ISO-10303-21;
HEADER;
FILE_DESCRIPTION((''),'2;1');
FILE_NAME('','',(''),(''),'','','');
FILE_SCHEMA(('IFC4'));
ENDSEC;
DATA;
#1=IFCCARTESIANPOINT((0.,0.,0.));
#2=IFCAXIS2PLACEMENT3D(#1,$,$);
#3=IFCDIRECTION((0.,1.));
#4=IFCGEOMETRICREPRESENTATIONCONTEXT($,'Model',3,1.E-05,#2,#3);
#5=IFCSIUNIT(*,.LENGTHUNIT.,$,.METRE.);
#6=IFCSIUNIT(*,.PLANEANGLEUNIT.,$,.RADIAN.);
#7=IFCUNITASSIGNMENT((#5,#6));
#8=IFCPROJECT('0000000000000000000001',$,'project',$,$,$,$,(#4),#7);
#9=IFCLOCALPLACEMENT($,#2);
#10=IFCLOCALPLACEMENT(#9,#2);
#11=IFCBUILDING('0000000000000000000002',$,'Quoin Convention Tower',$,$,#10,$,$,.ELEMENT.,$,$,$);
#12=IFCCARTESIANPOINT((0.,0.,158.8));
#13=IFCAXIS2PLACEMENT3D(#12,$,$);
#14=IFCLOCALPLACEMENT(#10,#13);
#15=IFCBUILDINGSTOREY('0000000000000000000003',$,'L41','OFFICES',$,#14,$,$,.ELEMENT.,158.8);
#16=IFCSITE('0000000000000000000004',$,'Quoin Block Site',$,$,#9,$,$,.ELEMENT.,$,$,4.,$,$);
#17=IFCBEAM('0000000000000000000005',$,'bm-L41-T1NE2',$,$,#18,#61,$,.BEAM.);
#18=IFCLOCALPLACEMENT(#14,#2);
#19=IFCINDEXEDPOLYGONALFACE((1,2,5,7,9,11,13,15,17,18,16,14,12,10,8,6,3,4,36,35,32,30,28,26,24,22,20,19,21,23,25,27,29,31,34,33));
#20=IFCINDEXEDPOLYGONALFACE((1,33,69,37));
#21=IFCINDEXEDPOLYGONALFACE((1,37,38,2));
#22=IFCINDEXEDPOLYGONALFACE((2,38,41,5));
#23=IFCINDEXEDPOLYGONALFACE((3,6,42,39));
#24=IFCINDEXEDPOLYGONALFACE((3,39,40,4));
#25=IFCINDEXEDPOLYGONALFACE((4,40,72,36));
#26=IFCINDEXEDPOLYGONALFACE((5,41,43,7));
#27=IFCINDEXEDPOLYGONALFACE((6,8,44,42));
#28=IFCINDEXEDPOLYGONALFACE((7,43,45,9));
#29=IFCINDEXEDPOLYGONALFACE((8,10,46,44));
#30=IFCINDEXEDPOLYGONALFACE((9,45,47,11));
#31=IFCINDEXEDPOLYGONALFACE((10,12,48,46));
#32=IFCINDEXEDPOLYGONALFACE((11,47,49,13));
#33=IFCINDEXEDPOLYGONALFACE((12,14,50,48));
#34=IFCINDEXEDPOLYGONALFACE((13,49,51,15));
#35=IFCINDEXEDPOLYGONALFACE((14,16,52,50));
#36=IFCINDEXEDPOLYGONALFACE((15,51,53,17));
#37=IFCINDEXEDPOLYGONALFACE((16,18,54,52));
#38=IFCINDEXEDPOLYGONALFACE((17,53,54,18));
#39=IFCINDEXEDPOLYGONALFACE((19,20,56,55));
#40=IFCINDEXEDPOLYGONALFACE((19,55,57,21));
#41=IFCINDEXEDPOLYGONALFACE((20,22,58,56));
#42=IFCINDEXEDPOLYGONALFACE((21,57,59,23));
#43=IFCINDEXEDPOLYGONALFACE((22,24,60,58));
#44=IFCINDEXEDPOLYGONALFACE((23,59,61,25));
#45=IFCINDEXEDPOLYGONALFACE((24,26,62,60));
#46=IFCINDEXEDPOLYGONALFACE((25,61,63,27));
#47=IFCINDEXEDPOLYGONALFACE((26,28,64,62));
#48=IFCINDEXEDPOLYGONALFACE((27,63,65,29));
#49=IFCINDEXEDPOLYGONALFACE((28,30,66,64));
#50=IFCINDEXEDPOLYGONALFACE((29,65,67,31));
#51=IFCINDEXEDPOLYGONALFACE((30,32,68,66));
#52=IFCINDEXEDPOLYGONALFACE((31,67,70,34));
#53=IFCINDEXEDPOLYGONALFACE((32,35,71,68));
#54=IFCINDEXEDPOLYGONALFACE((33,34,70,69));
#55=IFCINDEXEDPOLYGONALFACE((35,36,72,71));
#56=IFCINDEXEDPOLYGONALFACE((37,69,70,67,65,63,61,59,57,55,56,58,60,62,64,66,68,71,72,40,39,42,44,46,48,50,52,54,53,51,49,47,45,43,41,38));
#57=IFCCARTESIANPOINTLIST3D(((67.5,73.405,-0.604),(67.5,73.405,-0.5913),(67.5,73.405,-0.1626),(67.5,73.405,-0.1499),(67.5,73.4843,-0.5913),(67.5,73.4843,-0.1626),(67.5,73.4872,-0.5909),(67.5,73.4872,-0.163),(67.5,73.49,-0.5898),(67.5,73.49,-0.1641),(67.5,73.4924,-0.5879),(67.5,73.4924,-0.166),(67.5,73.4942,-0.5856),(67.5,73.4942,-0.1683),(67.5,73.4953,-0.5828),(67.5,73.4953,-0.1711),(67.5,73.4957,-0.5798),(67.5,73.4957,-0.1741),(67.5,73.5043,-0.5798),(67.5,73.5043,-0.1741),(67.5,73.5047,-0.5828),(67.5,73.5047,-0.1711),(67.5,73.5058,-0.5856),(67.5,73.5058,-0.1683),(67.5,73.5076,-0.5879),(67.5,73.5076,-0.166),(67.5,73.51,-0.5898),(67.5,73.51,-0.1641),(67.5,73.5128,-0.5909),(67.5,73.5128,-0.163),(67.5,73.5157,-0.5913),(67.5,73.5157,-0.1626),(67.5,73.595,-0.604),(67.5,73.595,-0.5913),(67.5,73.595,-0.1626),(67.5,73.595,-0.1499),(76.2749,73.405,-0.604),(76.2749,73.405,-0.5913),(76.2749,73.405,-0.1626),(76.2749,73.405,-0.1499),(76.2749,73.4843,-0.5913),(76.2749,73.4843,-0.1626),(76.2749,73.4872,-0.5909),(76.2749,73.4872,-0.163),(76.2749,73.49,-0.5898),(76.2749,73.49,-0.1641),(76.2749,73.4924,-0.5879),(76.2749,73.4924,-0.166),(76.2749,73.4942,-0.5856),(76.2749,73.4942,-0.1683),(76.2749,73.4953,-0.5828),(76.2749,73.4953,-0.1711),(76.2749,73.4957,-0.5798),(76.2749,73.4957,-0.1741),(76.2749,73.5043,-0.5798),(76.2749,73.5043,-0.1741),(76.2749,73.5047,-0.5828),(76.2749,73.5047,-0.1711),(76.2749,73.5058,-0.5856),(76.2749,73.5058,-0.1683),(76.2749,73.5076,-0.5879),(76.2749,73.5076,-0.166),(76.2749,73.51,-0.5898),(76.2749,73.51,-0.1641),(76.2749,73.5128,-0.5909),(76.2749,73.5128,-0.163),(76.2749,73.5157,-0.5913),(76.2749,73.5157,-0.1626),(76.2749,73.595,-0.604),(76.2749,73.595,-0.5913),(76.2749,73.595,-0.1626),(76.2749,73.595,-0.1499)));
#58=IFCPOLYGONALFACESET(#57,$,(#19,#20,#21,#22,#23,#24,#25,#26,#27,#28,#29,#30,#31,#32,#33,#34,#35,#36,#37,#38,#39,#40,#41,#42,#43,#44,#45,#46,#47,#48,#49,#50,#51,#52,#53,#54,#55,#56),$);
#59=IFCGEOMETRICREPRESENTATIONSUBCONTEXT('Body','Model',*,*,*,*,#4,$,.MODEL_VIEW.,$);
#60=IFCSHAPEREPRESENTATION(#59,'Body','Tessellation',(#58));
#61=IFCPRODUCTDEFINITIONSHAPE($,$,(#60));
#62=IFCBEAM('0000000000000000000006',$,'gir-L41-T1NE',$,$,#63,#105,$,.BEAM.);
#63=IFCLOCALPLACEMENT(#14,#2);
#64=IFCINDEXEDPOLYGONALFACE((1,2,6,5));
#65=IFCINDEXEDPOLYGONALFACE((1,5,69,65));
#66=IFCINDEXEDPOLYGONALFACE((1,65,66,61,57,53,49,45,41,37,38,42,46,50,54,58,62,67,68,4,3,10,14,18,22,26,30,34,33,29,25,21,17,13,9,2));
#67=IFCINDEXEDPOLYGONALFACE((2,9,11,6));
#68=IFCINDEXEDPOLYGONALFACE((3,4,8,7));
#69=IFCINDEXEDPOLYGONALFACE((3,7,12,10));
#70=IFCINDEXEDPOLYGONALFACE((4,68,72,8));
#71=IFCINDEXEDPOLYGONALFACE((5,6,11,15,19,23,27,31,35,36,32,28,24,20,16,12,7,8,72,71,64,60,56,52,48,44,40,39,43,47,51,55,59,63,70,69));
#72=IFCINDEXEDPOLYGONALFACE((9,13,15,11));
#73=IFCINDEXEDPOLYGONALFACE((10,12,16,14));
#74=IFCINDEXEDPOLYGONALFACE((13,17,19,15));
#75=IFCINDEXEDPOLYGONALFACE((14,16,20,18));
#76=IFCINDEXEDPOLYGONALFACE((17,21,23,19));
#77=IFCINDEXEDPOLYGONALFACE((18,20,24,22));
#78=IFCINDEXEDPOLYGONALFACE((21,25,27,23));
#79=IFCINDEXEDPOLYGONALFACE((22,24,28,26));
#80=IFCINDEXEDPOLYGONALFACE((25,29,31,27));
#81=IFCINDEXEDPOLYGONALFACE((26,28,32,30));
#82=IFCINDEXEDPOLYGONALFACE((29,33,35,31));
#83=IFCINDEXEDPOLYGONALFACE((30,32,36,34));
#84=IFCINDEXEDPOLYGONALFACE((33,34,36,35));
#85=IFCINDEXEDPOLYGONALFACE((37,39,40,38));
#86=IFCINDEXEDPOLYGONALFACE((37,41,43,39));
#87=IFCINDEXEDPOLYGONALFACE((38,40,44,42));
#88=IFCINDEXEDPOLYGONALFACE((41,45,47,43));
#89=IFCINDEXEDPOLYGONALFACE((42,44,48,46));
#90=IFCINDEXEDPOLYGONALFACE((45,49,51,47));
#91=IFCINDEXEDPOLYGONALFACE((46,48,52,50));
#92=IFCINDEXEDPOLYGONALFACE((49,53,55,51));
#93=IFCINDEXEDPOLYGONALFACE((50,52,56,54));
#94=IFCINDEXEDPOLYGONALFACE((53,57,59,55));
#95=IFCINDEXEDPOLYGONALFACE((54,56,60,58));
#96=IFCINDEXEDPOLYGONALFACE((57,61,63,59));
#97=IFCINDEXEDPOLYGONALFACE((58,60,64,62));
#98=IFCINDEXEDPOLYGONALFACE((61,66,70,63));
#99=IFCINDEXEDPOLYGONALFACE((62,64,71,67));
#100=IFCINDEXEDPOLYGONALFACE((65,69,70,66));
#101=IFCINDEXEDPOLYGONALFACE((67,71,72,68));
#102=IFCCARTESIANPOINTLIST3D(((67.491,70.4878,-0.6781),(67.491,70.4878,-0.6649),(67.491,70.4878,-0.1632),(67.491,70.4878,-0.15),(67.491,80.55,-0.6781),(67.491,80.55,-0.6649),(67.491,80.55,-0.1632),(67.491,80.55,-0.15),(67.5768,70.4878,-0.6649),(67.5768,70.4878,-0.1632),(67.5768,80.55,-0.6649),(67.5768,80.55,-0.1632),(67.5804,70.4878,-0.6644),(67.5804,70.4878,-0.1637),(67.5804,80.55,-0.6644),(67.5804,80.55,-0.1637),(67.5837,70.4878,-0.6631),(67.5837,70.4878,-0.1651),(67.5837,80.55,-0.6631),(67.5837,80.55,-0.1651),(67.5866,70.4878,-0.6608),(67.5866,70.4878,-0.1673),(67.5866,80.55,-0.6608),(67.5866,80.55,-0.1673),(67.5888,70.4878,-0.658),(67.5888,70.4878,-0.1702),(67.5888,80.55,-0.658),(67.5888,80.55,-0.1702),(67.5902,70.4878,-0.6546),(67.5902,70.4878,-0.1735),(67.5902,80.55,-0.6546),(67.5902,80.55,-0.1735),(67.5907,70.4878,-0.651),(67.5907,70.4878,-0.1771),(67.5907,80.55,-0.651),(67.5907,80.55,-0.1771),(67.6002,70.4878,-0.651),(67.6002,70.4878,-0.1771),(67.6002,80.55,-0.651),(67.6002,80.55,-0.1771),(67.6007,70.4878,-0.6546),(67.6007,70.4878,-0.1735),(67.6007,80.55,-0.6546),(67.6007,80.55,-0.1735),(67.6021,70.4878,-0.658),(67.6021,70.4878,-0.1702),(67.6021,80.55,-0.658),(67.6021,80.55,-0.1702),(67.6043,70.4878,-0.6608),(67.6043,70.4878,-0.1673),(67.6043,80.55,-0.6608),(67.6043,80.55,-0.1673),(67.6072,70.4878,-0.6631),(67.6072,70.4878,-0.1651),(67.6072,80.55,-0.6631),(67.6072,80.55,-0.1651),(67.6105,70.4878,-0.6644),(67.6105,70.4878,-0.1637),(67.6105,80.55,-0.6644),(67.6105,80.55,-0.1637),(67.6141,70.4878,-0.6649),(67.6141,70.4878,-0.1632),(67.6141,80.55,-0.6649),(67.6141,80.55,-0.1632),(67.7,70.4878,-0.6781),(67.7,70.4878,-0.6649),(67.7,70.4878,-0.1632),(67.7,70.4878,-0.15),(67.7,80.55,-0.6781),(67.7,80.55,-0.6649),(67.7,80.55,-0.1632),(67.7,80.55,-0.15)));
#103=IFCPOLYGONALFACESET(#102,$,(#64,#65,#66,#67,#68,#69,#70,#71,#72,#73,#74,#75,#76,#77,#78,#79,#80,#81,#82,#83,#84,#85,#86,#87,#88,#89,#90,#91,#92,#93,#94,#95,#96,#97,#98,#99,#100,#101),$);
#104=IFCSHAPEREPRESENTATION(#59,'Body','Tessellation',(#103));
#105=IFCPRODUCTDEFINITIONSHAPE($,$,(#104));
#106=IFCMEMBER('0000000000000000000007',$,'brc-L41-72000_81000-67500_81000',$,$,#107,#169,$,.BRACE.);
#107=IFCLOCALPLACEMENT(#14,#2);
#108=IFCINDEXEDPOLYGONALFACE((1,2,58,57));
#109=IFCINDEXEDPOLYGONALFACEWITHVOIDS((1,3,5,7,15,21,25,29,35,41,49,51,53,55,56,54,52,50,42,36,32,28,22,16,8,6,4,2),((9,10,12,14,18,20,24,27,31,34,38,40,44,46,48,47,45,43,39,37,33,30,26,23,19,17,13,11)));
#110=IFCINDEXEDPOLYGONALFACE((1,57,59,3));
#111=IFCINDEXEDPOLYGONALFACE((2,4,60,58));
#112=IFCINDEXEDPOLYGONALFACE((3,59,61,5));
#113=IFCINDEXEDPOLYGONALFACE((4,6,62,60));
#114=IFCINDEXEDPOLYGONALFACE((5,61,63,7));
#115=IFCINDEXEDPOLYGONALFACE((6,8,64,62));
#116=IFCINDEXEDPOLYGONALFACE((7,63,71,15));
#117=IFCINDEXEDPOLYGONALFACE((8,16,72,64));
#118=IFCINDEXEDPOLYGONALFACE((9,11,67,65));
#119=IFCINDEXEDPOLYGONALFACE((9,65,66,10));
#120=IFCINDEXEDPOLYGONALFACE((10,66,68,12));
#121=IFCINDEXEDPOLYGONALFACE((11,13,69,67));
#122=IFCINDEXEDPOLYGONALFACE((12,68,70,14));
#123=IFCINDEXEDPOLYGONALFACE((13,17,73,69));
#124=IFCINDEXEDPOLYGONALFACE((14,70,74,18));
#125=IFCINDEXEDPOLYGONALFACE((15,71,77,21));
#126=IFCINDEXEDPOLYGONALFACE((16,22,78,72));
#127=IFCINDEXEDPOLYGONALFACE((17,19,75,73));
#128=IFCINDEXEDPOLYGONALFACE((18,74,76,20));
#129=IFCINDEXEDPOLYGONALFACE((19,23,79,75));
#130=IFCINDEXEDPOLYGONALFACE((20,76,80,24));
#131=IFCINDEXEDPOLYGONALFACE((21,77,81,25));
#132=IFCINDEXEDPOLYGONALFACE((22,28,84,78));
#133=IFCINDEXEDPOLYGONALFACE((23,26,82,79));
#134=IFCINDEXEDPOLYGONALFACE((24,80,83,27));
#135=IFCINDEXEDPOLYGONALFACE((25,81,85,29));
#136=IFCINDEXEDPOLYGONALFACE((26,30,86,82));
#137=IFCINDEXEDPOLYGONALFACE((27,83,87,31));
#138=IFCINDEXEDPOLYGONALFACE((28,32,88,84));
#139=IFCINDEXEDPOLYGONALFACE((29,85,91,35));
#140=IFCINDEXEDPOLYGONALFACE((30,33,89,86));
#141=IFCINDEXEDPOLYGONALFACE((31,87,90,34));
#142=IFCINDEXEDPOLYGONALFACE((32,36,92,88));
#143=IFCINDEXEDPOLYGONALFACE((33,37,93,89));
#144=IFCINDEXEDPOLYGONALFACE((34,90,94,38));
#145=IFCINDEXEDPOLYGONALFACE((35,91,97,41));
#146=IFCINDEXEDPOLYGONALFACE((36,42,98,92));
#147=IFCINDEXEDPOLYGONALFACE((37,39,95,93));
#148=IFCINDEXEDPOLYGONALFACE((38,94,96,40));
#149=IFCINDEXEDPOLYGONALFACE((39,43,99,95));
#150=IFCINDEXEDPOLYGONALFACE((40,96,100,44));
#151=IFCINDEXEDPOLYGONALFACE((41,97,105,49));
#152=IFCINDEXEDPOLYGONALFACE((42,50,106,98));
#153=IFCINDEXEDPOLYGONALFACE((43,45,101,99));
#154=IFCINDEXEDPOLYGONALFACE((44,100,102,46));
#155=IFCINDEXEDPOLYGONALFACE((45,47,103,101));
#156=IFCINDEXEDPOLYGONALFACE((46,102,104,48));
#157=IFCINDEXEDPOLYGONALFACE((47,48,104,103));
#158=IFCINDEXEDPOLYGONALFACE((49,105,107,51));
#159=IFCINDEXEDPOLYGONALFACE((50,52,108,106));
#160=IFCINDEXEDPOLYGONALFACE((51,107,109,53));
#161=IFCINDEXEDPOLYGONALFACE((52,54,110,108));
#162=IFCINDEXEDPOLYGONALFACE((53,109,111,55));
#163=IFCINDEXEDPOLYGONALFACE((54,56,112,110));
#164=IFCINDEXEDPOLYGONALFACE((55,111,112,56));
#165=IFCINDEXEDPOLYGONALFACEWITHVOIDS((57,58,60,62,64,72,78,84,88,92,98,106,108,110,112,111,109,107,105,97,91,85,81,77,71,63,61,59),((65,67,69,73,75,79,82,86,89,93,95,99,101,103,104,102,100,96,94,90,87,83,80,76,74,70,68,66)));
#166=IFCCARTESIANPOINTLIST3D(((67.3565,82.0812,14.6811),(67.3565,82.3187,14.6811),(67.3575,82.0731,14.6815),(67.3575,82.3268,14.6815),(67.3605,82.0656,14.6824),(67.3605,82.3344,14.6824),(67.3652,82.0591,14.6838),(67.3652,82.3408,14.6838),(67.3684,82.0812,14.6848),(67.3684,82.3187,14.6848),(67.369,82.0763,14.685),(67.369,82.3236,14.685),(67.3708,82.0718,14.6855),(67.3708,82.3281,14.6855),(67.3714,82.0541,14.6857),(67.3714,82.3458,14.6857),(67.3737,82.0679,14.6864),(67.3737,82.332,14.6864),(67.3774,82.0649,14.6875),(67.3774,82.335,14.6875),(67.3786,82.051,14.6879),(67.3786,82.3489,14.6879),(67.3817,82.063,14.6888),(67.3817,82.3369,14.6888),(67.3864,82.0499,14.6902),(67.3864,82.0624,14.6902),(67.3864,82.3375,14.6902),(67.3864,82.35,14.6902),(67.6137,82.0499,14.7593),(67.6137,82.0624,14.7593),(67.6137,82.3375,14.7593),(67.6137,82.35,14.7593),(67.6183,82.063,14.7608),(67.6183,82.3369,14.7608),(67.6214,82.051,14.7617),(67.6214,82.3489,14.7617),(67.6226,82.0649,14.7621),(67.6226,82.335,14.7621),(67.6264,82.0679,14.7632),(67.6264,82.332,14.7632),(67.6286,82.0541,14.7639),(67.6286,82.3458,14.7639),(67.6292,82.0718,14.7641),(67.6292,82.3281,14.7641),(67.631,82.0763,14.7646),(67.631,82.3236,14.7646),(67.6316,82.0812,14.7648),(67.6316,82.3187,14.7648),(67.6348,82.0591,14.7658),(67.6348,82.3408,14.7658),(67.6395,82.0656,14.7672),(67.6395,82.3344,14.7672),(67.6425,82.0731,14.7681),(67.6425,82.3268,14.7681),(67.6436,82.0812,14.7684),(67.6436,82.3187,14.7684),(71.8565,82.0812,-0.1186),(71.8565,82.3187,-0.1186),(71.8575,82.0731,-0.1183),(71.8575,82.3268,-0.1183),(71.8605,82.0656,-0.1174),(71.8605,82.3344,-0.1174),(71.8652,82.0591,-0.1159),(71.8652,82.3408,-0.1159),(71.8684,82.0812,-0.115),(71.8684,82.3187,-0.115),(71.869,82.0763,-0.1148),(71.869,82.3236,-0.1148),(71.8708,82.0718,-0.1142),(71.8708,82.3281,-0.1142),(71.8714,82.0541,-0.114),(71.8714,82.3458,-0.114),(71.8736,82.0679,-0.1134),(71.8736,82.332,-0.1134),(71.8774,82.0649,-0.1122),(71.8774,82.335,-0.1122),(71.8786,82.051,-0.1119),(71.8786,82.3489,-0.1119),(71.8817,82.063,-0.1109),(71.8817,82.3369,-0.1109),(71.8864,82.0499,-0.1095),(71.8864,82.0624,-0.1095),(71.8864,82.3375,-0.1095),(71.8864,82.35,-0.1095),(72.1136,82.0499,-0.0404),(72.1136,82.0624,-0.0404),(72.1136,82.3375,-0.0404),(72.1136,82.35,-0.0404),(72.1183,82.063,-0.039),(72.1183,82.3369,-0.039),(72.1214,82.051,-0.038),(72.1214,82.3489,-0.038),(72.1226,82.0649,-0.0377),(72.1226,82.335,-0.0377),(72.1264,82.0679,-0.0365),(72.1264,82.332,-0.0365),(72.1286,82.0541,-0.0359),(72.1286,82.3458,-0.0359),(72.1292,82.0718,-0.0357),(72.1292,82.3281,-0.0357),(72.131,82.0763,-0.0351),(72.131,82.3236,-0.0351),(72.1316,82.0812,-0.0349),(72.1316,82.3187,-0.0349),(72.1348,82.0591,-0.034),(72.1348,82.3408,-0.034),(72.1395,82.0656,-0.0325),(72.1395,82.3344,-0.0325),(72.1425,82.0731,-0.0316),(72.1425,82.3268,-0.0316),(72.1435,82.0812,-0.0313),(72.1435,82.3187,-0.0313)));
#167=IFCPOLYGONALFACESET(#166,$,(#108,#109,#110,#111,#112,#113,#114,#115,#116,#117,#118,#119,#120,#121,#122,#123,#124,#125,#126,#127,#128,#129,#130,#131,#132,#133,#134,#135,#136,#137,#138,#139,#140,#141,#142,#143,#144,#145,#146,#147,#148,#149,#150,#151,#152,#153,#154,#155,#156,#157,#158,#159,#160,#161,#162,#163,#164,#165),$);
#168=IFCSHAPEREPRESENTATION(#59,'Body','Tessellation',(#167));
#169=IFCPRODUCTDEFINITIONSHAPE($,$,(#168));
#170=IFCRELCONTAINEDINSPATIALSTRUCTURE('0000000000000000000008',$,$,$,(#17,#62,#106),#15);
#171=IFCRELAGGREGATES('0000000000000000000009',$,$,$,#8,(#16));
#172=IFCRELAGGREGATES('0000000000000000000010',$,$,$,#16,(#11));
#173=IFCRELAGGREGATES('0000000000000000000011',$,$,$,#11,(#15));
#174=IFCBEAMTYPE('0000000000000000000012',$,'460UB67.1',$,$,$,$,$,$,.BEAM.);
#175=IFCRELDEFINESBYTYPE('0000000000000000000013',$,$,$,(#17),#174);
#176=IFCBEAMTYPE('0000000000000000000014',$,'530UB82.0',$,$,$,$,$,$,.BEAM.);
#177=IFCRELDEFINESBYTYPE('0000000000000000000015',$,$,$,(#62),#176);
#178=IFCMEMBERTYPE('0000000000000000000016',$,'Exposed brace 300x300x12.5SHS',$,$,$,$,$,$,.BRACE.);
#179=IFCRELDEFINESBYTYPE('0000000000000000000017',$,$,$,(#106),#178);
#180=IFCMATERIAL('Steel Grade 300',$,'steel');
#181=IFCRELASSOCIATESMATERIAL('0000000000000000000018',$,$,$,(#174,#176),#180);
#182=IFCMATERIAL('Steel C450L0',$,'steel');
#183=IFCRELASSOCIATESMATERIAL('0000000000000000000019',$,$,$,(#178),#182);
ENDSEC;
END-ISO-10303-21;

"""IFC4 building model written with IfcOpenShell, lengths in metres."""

from ifc_helpers import new_model, si_unit, direction, frame, origin, origin_2d, place, context, subcontext, project, spatial, hollow_rectangle, i_section, extrude, material, material_profile, profile_set, type_object, element, save


model = new_model("IFC4")

# Units and contexts
model_context = context("Model", 3, precision=1e-05, world=origin(), true_north=direction((0.0, 1.0)))
body_context = subcontext(model_context, "Body", "Model", "MODEL_VIEW")
ifc_project = project(units=[si_unit("LENGTHUNIT", "METRE"), si_unit("PLANEANGLEUNIT", "RADIAN")], contexts=[model_context])

# Site, building, storey
site_placement = place(None, origin())
site = spatial("IfcSite", under=ifc_project, at=site_placement, Name="Quoin Block Site", CompositionType="ELEMENT", RefElevation=4.0)
building_placement = place(site_placement, origin())
building = spatial("IfcBuilding", under=site, at=building_placement, Name="Quoin Convention Tower", CompositionType="ELEMENT")
storey_placement = place(building_placement, frame((0.0, 0.0, 158.8)))
storey = spatial("IfcBuildingStorey", under=building, at=storey_placement, Name="L41", Description="OFFICES", CompositionType="ELEMENT", Elevation=158.8)

# Beams
ifc_material_1 = material(Name="Steel Grade 300", Category="steel")
ifc_material_profile_1 = material_profile(ifc_material_1, i_section(OverallWidth=0.1899, OverallDepth=0.4541, WebThickness=0.0085, FlangeThickness=0.0127, FilletRadius=0.0115, at=origin_2d()), Name="460UB67.1")
ifc_profile_set_1 = profile_set([ifc_material_profile_1], Name="Steel Grade 300")
beam_type_1 = type_object("IfcBeamType", Name="460UB67.1", PredefinedType="BEAM", material=ifc_profile_set_1)
beam_1_placement = place(storey_placement, frame((67.5, 73.5, -0.377), z_axis=(1.0, 0.0, 0.0), x_axis=(0.0, 1.0, 0.0)))
element("IfcBeam", 1, at=beam_1_placement, inside=storey, type_object=beam_type_1, Name="bm-L41-T1NE2", PredefinedType="BEAM", context=body_context, shape_type="SweptSolid", body=[
    extrude(i_section(OverallWidth=0.1899, OverallDepth=0.4541, WebThickness=0.0085, FlangeThickness=0.0127, FilletRadius=0.0115, at=origin_2d()), origin(), (0.0, 0.0, 1.0), 8.7749),
])
ifc_material_profile_2 = material_profile(ifc_material_1, i_section(OverallWidth=0.209, OverallDepth=0.5281, WebThickness=0.0095, FlangeThickness=0.0132, FilletRadius=0.0139, at=origin_2d()), Name="530UB82.0")
ifc_profile_set_2 = profile_set([ifc_material_profile_2], Name="Steel Grade 300")
beam_type_2 = type_object("IfcBeamType", Name="530UB82.0", PredefinedType="BEAM", material=ifc_profile_set_2)
beam_2_placement = place(storey_placement, frame((67.5955, 80.55, -0.4141), z_axis=(0.0, -1.0, 0.0), x_axis=(1.0, 0.0, 0.0)))
element("IfcBeam", 2, at=beam_2_placement, inside=storey, type_object=beam_type_2, Name="gir-L41-T1NE", PredefinedType="BEAM", context=body_context, shape_type="SweptSolid", body=[
    extrude(i_section(OverallWidth=0.209, OverallDepth=0.5281, WebThickness=0.0095, FlangeThickness=0.0132, FilletRadius=0.0139, at=origin_2d()), origin(), (0.0, 0.0, 1.0), 10.0623),
])

# Member
ifc_material_2 = material(Name="Steel C450L0", Category="steel")
ifc_material_profile_3 = material_profile(ifc_material_2, hollow_rectangle(XDim=0.3, YDim=0.3, WallThickness=0.0125, InnerFilletRadius=0.0188, OuterFilletRadius=0.0312, at=origin_2d()), Name="300x300x12.5SHS")
ifc_profile_set_3 = profile_set([ifc_material_profile_3], Name="Steel C450L0")
member_type = type_object("IfcMemberType", Name="Exposed brace 300x300x12.5SHS", PredefinedType="BRACE", material=ifc_profile_set_3)
for number, where, z_axis, x_axis, name in (
    (3, (72.0, 82.2, -0.075), (-0.290908, 0.0, 0.956751), (0.0, -1.0, 0.0), "brc-L41-72000_81000-67500_81000"),
):
    element("IfcMember", number, at=place(storey_placement, frame(where, z_axis=z_axis, x_axis=x_axis)), inside=storey, type_object=member_type, Name=name, PredefinedType="BRACE", context=body_context, shape_type="SweptSolid", body=[
        extrude(hollow_rectangle(XDim=0.3, YDim=0.3, WallThickness=0.0125, InnerFilletRadius=0.0188, OuterFilletRadius=0.0312, at=origin_2d()), origin(), (0.0, 0.0, 1.0), 15.4688),
    ])

save(model, "model.ifc")
